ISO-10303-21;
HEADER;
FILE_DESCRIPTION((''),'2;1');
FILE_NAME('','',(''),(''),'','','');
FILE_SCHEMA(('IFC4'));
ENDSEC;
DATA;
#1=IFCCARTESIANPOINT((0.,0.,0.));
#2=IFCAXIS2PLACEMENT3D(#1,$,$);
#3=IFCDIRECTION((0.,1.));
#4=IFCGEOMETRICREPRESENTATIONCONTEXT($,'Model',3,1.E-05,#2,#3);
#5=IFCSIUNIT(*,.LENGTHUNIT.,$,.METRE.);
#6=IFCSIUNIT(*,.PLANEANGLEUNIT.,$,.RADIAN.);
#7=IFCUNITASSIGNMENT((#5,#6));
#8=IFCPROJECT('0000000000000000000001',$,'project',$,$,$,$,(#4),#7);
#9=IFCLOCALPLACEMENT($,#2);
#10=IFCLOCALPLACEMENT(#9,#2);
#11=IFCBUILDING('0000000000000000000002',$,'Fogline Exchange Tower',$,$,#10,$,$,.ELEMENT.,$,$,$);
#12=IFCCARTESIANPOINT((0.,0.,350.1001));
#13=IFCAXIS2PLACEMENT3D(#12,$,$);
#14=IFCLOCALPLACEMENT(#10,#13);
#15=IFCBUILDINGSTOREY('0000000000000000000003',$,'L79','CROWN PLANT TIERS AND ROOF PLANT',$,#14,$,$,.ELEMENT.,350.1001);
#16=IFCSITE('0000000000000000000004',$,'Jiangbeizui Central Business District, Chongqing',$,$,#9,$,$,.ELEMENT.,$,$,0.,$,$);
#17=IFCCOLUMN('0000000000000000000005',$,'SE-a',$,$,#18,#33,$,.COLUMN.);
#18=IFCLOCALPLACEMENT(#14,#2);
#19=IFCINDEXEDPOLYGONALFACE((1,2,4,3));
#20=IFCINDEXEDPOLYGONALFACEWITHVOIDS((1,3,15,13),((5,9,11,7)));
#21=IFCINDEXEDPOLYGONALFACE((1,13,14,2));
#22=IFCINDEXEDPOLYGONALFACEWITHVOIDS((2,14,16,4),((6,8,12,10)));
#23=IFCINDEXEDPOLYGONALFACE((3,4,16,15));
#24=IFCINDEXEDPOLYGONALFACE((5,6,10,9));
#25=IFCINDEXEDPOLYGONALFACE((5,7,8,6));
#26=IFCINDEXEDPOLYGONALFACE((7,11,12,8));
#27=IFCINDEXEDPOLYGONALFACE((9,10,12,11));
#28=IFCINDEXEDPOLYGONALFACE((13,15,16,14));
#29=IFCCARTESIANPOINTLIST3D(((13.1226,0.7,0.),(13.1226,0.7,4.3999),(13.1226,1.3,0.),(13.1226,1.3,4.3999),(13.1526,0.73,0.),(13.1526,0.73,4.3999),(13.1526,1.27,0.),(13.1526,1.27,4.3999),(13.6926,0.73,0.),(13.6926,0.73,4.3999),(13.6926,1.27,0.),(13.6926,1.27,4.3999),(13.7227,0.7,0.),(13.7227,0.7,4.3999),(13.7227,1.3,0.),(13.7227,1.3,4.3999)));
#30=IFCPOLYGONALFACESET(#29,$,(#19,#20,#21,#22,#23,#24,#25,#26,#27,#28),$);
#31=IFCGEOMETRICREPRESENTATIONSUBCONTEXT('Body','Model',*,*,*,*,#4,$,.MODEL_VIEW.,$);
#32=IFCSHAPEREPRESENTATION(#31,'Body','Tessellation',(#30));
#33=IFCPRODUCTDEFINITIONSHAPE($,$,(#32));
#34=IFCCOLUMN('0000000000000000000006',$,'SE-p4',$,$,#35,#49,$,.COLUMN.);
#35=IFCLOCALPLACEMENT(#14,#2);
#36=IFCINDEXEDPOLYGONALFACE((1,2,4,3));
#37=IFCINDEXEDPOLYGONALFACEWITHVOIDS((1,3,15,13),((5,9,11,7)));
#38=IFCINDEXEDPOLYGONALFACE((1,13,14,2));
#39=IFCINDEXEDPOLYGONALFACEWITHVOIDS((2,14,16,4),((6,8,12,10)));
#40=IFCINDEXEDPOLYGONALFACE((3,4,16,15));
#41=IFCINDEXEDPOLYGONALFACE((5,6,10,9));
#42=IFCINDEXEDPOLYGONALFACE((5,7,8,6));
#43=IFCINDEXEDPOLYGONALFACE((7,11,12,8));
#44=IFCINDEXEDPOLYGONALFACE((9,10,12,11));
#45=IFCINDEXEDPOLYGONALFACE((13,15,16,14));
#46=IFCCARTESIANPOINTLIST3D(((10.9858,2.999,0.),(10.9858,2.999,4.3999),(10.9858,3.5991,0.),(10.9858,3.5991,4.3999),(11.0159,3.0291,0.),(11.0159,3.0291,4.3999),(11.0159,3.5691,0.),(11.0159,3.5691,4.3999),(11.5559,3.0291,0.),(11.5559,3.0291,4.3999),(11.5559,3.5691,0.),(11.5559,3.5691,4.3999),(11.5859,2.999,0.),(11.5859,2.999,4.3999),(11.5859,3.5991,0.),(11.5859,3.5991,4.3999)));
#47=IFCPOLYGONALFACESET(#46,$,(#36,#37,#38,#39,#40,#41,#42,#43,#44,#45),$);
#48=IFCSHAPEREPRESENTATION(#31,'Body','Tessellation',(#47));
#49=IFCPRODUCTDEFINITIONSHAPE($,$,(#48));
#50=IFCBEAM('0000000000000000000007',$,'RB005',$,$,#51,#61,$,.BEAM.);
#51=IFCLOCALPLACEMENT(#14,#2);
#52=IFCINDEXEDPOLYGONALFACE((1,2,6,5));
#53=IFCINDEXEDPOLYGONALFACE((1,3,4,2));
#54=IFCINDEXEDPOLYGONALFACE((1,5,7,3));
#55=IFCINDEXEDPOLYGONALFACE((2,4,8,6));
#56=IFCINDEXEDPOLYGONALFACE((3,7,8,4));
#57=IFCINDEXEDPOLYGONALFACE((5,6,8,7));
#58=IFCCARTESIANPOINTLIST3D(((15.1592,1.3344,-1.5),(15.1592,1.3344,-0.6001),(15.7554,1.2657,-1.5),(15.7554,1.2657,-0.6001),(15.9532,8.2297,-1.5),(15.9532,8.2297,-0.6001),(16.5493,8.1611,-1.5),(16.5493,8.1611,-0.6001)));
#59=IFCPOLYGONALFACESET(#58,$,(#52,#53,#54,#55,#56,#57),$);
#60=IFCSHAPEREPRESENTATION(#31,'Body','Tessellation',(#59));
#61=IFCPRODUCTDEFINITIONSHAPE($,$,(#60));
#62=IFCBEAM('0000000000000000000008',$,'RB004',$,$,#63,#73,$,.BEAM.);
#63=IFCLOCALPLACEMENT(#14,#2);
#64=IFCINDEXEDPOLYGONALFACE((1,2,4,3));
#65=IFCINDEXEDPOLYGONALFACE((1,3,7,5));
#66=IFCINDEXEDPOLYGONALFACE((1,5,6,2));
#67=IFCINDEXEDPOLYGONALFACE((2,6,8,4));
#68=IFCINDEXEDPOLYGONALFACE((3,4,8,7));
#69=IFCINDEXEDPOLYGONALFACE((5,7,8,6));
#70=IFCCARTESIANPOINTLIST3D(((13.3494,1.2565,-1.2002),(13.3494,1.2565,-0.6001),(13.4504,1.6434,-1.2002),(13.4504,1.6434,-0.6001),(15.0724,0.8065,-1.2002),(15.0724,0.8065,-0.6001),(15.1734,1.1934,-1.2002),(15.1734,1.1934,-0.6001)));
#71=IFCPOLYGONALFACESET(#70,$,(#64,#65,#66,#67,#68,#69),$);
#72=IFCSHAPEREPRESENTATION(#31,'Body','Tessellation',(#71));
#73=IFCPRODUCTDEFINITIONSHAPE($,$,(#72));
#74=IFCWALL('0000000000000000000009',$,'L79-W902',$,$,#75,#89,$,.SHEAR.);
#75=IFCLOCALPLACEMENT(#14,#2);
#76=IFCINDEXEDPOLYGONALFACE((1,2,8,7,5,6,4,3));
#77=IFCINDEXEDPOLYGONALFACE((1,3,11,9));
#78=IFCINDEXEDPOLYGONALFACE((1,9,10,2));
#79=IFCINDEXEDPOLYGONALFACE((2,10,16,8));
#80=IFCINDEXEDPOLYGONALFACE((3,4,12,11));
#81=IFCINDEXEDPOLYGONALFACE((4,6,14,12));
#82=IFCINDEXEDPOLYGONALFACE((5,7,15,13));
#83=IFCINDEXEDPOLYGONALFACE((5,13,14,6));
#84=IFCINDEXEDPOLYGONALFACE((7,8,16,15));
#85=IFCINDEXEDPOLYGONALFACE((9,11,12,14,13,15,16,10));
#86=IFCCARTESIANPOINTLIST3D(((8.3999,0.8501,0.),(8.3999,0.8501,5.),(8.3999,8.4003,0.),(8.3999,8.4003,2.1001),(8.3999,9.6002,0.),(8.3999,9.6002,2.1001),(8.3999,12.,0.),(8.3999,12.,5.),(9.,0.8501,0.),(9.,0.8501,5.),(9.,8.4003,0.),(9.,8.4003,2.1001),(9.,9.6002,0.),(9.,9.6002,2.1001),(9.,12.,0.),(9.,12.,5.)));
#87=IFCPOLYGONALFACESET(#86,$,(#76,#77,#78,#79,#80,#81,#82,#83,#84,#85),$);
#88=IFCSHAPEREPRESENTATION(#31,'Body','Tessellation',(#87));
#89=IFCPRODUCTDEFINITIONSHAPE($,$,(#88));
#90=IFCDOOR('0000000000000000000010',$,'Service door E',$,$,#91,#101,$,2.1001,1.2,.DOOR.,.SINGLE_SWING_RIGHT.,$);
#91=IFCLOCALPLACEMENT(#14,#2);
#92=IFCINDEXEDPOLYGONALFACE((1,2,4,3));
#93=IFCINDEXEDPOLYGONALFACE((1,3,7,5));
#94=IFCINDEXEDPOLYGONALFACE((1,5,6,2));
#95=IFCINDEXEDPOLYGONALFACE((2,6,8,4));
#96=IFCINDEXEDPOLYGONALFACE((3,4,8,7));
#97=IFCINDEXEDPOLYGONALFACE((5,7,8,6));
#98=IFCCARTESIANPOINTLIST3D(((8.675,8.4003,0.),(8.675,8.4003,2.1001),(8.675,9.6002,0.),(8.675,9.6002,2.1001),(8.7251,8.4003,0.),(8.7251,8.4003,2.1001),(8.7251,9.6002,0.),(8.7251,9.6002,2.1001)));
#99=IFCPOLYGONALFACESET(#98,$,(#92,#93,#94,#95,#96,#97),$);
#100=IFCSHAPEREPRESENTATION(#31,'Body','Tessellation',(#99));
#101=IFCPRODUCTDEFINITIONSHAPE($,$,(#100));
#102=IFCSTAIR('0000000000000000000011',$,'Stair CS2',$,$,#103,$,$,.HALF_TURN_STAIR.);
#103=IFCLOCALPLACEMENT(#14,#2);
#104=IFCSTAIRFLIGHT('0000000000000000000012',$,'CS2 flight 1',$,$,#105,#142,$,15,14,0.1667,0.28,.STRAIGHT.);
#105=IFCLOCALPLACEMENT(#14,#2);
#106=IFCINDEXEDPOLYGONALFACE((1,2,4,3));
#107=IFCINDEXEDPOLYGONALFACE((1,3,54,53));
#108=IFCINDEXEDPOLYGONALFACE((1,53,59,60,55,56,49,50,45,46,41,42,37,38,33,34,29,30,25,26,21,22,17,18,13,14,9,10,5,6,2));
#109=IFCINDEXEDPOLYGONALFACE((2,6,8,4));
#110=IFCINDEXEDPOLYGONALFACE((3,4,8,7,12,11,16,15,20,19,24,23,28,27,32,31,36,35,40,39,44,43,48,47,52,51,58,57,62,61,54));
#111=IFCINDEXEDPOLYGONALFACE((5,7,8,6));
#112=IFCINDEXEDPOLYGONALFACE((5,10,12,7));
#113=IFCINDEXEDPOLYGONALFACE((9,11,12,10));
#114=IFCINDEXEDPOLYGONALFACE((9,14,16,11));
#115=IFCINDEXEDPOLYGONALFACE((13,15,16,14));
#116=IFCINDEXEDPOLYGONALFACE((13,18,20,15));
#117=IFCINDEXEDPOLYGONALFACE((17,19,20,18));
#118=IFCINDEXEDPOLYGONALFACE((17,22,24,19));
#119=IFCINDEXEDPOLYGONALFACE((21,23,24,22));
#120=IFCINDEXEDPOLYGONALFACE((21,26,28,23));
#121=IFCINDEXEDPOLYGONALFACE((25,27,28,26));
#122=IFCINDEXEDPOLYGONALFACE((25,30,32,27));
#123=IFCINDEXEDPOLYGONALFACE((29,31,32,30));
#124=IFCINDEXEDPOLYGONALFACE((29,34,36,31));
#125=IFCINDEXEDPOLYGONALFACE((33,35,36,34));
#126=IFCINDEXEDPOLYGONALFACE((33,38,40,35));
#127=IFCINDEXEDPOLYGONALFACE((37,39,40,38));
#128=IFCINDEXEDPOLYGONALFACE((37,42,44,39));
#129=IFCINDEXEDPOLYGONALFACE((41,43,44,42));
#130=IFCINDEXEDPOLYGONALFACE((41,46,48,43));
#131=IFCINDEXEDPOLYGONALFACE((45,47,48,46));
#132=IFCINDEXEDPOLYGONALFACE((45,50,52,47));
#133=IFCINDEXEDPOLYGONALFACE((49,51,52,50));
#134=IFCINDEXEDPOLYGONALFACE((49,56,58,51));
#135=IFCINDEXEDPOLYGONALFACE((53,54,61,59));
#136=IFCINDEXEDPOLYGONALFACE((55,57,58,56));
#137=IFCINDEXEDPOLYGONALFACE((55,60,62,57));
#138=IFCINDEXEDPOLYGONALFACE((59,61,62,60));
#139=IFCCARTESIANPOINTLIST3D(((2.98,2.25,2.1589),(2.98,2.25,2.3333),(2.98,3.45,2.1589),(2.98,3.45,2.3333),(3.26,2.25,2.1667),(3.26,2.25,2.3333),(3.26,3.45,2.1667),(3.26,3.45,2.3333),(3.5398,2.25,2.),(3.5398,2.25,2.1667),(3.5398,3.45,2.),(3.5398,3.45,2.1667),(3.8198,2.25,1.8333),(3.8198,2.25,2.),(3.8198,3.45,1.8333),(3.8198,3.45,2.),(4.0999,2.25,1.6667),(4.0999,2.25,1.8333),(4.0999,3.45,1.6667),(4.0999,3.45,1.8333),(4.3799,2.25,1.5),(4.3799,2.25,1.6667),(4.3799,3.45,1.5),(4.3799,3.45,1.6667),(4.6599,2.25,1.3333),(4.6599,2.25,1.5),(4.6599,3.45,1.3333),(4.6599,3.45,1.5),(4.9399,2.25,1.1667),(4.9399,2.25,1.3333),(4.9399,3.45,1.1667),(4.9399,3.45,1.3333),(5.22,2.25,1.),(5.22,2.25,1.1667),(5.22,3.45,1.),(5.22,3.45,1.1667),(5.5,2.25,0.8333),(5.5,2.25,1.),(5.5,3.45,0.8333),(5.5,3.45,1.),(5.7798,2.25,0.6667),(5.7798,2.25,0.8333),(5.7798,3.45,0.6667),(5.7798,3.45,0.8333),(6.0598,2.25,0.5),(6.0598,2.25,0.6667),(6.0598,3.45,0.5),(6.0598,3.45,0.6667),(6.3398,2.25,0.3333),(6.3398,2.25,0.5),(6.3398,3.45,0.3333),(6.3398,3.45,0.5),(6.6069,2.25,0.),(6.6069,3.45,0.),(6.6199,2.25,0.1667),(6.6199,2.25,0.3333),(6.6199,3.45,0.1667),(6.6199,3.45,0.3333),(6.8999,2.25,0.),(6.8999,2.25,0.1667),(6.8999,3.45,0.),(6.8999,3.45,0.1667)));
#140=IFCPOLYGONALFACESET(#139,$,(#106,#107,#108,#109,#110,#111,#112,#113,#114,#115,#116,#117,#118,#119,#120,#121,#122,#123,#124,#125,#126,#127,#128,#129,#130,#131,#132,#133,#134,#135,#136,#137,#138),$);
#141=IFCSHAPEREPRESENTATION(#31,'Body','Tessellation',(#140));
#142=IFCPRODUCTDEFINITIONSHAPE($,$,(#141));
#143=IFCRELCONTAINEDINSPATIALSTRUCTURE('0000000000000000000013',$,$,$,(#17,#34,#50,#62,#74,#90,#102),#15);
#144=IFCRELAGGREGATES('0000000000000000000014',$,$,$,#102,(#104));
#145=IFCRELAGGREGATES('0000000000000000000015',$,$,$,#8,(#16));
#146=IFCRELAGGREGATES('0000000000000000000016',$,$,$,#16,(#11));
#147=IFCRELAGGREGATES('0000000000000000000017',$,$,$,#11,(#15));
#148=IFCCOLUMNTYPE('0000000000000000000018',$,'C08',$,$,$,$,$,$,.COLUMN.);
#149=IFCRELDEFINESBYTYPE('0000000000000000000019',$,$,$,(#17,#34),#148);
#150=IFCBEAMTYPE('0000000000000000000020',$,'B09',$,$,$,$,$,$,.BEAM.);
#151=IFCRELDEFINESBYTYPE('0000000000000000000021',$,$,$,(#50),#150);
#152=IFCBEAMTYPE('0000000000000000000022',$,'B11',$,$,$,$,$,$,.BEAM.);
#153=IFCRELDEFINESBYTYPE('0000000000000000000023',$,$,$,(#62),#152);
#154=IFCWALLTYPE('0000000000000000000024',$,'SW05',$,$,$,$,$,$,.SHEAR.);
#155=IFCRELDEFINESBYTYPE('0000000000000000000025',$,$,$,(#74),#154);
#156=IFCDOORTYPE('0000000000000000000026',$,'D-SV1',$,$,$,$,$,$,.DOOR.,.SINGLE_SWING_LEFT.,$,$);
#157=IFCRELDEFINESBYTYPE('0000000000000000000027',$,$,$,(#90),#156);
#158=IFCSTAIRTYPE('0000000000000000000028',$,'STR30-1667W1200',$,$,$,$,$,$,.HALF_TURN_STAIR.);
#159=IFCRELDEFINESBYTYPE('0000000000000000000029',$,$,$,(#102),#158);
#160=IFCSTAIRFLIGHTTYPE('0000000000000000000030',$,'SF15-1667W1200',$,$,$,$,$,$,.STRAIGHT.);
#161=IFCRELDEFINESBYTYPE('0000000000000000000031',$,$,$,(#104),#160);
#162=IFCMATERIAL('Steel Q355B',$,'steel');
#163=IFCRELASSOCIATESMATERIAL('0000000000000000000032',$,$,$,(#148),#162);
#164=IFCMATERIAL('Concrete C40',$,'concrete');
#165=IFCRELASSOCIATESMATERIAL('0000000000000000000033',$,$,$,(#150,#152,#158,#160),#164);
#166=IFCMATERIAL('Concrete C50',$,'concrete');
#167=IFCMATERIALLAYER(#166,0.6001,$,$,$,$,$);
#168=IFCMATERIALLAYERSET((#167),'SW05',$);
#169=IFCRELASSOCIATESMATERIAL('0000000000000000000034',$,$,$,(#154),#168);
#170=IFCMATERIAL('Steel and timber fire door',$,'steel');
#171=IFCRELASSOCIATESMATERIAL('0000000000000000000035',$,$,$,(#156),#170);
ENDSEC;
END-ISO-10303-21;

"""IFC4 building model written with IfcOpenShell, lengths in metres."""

from ifc_helpers import new_model, si_unit, direction, frame, frame_2d, origin, origin_2d, place, context, subcontext, project, spatial, polyline, rectangle, hollow_rectangle, outline, extrude, material, layer, layer_set, material_profile, profile_set, type_object, element, fill, aggregate, save


model = new_model("IFC4")

# Units and contexts
model_context = context("Model", 3, precision=1e-05, world=origin(), true_north=direction((0.0, 1.0)))
body_context = subcontext(model_context, "Body", "Model", "MODEL_VIEW")
ifc_project = project(units=[si_unit("LENGTHUNIT", "METRE"), si_unit("PLANEANGLEUNIT", "RADIAN")], contexts=[model_context])

# Site, building, storey
site_placement = place(None, origin())
site = spatial("IfcSite", under=ifc_project, at=site_placement, Name="Jiangbeizui Central Business District, Chongqing", CompositionType="ELEMENT", RefElevation=0.0)
building_placement = place(site_placement, origin())
building = spatial("IfcBuilding", under=site, at=building_placement, Name="Fogline Exchange Tower", CompositionType="ELEMENT")
storey_placement = place(building_placement, frame((0.0, 0.0, 350.1001)))
storey = spatial("IfcBuildingStorey", under=building, at=storey_placement, Name="L79", Description="CROWN PLANT TIERS AND ROOF PLANT", CompositionType="ELEMENT", Elevation=350.1001)

# Columns
ifc_material_1 = material(Name="Steel Q355B", Category="steel")
ifc_material_profile_1 = material_profile(ifc_material_1, hollow_rectangle(XDim=0.6001, YDim=0.6001, WallThickness=0.03, at=origin_2d()), Name="BOX600X600X30")
ifc_profile_set_1 = profile_set([ifc_material_profile_1], Name="Steel Q355B")
column_type = type_object("IfcColumnType", Name="C08", PredefinedType="COLUMN", material=ifc_profile_set_1)
for number, where, z_axis, x_axis, name in (
    (1, (13.4226, 1.0, 0.0), (0.0, 0.0, 1.0), (1.0, 0.0, 0.0), "SE-a"),
    (2, (11.2859, 3.2991, 0.0), (0.0, 0.0, 1.0), (1.0, 0.0, 0.0), "SE-p4"),
):
    element("IfcColumn", number, at=place(storey_placement, frame(where, z_axis=z_axis, x_axis=x_axis)), inside=storey, type_object=column_type, Name=name, PredefinedType="COLUMN", context=body_context, shape_type="SweptSolid", body=[
        extrude(hollow_rectangle(XDim=0.6001, YDim=0.6001, WallThickness=0.03, at=origin_2d()), origin(), (0.0, 0.0, 1.0), 4.3999),
    ])

# Beams
ifc_material_2 = material(Name="Concrete C40", Category="concrete")
ifc_material_profile_2 = material_profile(ifc_material_2, rectangle(XDim=0.6001, YDim=0.8999, at=origin_2d()), Name="RC 600x900")
ifc_profile_set_2 = profile_set([ifc_material_profile_2], Name="Concrete C40")
beam_type_1 = type_object("IfcBeamType", Name="B09", PredefinedType="BEAM", material=ifc_profile_set_2)
beam_1_placement = place(storey_placement, frame((15.4573, 1.3, -1.05), z_axis=(0.114388, 0.993436, 0.0), x_axis=(-0.993436, 0.114388, 0.0)))
element("IfcBeam", 3, at=beam_1_placement, inside=storey, type_object=beam_type_1, Name="RB005", PredefinedType="BEAM", context=body_context, shape_type="SweptSolid", body=[
    extrude(rectangle(XDim=0.6001, YDim=0.8999, at=origin_2d()), origin(), (0.0, 0.0, 1.0), 6.9409),
])
ifc_material_profile_3 = material_profile(ifc_material_2, rectangle(XDim=0.3999, YDim=0.6001, at=origin_2d()), Name="RC 400x600")
ifc_profile_set_3 = profile_set([ifc_material_profile_3], Name="Concrete C40")
beam_type_2 = type_object("IfcBeamType", Name="B11", PredefinedType="BEAM", material=ifc_profile_set_3)
beam_2_placement = place(storey_placement, frame((13.3999, 1.45, -0.9001), z_axis=(0.967549, -0.252684, 0.0), x_axis=(0.252684, 0.967549, 0.0)))
element("IfcBeam", 4, at=beam_2_placement, inside=storey, type_object=beam_type_2, Name="RB004", PredefinedType="BEAM", context=body_context, shape_type="SweptSolid", body=[
    extrude(rectangle(XDim=0.3999, YDim=0.6001, at=origin_2d()), origin(), (0.0, 0.0, 1.0), 1.7808),
])

# Wall, opening, door
ifc_material_3 = material(Name="Concrete C50", Category="concrete")
ifc_layer_1 = layer(ifc_material_3, 0.6001)
ifc_layer_set_1 = layer_set([ifc_layer_1], Name="SW05")
wall_type_1 = type_object("IfcWallType", Name="SW05", PredefinedType="SHEAR", material=ifc_layer_set_1)
wall_1_placement = place(storey_placement, frame((8.7, 0.8501, 0.0), z_axis=(0.0, 0.0, 1.0), x_axis=(0.0, 1.0, 0.0)))
wall_1 = element("IfcWall", 5, at=wall_1_placement, inside=storey, type_object=wall_type_1, Name="L79-W902", PredefinedType="SHEAR", context=body_context, shape_type="SweptSolid", body=[
    extrude(rectangle(XDim=11.1499, YDim=0.6001, at=frame_2d((5.575, 0.0))), origin(), (0.0, 0.0, 1.0), 5.0),
])
opening_1_placement = place(wall_1_placement, frame((7.55, 0.0, 0.0)))
opening_1 = element("IfcOpeningElement", 6, at=opening_1_placement, cuts=wall_1, PredefinedType="OPENING", context=body_context, shape_type="SweptSolid", body=[
    extrude(rectangle(XDim=1.2, YDim=2.1001, at=frame_2d((0.6001, 1.05))), frame((0.0, 0.3101, 0.0), z_axis=(0.0, -1.0, 0.0), x_axis=(1.0, 0.0, 0.0)), (0.0, 0.0, 1.0), 0.6201),
])
ifc_material_4 = material(Name="Steel and timber fire door", Category="steel")
door_type_1 = type_object("IfcDoorType", Name="D-SV1", OperationType="SINGLE_SWING_LEFT", PredefinedType="DOOR", material=ifc_material_4)
door_1_placement = place(opening_1_placement, origin())
door_1 = element("IfcDoor", 7, at=door_1_placement, inside=storey, type_object=door_type_1, Name="Service door E", OperationType="SINGLE_SWING_RIGHT", OverallHeight=2.1001, OverallWidth=1.2, PredefinedType="DOOR", context=body_context, shape_type="SweptSolid", body=[
    extrude(rectangle(XDim=1.2, YDim=2.1001, at=frame_2d((0.6001, 1.05))), frame((0.0, 0.0249, 0.0), z_axis=(0.0, -1.0, 0.0), x_axis=(1.0, 0.0, 0.0)), (0.0, 0.0, 1.0), 0.05),
])
fill(opening_1, door_1)

# Stair, stair flight
stair_type = type_object("IfcStairType", Name="STR30-1667W1200", PredefinedType="HALF_TURN_STAIR", material=ifc_material_2)
stair_placement = place(storey_placement, origin())
stair = element("IfcStair", 8, at=stair_placement, inside=storey, type_object=stair_type, Name="Stair CS2", PredefinedType="HALF_TURN_STAIR")
stair_flight_type = type_object("IfcStairFlightType", Name="SF15-1667W1200", PredefinedType="STRAIGHT", material=ifc_material_2)
stair_flight_placement = place(storey_placement, frame((6.8999, 2.8501, 0.0), z_axis=(0.0, 0.0, 1.0), x_axis=(-1.0, 0.0, 0.0)))
stair_flight = element("IfcStairFlight", 9, at=stair_flight_placement, type_object=stair_flight_type, Name="CS2 flight 1", NumberOfRisers=15, NumberOfTreads=14, PredefinedType="STRAIGHT", RiserHeight=0.1667, TreadLength=0.28, context=body_context, shape_type="SweptSolid", body=[
    extrude(outline(polyline([(0.0, 0.0), (0.0, 0.1667), (0.28, 0.1667), (0.28, 0.3333), (0.5601, 0.3333), (0.5601, 0.5), (0.8401, 0.5), (0.8401, 0.6667), (1.1201, 0.6667), (1.1201, 0.8333), (1.3999, 0.8333), (1.3999, 1.0), (1.6799, 1.0), (1.6799, 1.1667), (1.96, 1.1667), (1.96, 1.3333), (2.24, 1.3333), (2.24, 1.5), (2.52, 1.5), (2.52, 1.6667), (2.8, 1.6667), (2.8, 1.8333), (3.0801, 1.8333), (3.0801, 2.0), (3.3601, 2.0), (3.3601, 2.1667), (3.6399, 2.1667), (3.6399, 2.3333), (3.9199, 2.3333), (3.9199, 2.5), (3.9199, 2.1589), (0.293, 0.0), (0.0, 0.0)])), frame((0.0, 0.6001, 0.0), z_axis=(0.0, -1.0, 0.0), x_axis=(1.0, 0.0, 0.0)), (0.0, 0.0, 1.0), 1.2),
])
aggregate(stair, [stair_flight])

save(model, "model.ifc")
